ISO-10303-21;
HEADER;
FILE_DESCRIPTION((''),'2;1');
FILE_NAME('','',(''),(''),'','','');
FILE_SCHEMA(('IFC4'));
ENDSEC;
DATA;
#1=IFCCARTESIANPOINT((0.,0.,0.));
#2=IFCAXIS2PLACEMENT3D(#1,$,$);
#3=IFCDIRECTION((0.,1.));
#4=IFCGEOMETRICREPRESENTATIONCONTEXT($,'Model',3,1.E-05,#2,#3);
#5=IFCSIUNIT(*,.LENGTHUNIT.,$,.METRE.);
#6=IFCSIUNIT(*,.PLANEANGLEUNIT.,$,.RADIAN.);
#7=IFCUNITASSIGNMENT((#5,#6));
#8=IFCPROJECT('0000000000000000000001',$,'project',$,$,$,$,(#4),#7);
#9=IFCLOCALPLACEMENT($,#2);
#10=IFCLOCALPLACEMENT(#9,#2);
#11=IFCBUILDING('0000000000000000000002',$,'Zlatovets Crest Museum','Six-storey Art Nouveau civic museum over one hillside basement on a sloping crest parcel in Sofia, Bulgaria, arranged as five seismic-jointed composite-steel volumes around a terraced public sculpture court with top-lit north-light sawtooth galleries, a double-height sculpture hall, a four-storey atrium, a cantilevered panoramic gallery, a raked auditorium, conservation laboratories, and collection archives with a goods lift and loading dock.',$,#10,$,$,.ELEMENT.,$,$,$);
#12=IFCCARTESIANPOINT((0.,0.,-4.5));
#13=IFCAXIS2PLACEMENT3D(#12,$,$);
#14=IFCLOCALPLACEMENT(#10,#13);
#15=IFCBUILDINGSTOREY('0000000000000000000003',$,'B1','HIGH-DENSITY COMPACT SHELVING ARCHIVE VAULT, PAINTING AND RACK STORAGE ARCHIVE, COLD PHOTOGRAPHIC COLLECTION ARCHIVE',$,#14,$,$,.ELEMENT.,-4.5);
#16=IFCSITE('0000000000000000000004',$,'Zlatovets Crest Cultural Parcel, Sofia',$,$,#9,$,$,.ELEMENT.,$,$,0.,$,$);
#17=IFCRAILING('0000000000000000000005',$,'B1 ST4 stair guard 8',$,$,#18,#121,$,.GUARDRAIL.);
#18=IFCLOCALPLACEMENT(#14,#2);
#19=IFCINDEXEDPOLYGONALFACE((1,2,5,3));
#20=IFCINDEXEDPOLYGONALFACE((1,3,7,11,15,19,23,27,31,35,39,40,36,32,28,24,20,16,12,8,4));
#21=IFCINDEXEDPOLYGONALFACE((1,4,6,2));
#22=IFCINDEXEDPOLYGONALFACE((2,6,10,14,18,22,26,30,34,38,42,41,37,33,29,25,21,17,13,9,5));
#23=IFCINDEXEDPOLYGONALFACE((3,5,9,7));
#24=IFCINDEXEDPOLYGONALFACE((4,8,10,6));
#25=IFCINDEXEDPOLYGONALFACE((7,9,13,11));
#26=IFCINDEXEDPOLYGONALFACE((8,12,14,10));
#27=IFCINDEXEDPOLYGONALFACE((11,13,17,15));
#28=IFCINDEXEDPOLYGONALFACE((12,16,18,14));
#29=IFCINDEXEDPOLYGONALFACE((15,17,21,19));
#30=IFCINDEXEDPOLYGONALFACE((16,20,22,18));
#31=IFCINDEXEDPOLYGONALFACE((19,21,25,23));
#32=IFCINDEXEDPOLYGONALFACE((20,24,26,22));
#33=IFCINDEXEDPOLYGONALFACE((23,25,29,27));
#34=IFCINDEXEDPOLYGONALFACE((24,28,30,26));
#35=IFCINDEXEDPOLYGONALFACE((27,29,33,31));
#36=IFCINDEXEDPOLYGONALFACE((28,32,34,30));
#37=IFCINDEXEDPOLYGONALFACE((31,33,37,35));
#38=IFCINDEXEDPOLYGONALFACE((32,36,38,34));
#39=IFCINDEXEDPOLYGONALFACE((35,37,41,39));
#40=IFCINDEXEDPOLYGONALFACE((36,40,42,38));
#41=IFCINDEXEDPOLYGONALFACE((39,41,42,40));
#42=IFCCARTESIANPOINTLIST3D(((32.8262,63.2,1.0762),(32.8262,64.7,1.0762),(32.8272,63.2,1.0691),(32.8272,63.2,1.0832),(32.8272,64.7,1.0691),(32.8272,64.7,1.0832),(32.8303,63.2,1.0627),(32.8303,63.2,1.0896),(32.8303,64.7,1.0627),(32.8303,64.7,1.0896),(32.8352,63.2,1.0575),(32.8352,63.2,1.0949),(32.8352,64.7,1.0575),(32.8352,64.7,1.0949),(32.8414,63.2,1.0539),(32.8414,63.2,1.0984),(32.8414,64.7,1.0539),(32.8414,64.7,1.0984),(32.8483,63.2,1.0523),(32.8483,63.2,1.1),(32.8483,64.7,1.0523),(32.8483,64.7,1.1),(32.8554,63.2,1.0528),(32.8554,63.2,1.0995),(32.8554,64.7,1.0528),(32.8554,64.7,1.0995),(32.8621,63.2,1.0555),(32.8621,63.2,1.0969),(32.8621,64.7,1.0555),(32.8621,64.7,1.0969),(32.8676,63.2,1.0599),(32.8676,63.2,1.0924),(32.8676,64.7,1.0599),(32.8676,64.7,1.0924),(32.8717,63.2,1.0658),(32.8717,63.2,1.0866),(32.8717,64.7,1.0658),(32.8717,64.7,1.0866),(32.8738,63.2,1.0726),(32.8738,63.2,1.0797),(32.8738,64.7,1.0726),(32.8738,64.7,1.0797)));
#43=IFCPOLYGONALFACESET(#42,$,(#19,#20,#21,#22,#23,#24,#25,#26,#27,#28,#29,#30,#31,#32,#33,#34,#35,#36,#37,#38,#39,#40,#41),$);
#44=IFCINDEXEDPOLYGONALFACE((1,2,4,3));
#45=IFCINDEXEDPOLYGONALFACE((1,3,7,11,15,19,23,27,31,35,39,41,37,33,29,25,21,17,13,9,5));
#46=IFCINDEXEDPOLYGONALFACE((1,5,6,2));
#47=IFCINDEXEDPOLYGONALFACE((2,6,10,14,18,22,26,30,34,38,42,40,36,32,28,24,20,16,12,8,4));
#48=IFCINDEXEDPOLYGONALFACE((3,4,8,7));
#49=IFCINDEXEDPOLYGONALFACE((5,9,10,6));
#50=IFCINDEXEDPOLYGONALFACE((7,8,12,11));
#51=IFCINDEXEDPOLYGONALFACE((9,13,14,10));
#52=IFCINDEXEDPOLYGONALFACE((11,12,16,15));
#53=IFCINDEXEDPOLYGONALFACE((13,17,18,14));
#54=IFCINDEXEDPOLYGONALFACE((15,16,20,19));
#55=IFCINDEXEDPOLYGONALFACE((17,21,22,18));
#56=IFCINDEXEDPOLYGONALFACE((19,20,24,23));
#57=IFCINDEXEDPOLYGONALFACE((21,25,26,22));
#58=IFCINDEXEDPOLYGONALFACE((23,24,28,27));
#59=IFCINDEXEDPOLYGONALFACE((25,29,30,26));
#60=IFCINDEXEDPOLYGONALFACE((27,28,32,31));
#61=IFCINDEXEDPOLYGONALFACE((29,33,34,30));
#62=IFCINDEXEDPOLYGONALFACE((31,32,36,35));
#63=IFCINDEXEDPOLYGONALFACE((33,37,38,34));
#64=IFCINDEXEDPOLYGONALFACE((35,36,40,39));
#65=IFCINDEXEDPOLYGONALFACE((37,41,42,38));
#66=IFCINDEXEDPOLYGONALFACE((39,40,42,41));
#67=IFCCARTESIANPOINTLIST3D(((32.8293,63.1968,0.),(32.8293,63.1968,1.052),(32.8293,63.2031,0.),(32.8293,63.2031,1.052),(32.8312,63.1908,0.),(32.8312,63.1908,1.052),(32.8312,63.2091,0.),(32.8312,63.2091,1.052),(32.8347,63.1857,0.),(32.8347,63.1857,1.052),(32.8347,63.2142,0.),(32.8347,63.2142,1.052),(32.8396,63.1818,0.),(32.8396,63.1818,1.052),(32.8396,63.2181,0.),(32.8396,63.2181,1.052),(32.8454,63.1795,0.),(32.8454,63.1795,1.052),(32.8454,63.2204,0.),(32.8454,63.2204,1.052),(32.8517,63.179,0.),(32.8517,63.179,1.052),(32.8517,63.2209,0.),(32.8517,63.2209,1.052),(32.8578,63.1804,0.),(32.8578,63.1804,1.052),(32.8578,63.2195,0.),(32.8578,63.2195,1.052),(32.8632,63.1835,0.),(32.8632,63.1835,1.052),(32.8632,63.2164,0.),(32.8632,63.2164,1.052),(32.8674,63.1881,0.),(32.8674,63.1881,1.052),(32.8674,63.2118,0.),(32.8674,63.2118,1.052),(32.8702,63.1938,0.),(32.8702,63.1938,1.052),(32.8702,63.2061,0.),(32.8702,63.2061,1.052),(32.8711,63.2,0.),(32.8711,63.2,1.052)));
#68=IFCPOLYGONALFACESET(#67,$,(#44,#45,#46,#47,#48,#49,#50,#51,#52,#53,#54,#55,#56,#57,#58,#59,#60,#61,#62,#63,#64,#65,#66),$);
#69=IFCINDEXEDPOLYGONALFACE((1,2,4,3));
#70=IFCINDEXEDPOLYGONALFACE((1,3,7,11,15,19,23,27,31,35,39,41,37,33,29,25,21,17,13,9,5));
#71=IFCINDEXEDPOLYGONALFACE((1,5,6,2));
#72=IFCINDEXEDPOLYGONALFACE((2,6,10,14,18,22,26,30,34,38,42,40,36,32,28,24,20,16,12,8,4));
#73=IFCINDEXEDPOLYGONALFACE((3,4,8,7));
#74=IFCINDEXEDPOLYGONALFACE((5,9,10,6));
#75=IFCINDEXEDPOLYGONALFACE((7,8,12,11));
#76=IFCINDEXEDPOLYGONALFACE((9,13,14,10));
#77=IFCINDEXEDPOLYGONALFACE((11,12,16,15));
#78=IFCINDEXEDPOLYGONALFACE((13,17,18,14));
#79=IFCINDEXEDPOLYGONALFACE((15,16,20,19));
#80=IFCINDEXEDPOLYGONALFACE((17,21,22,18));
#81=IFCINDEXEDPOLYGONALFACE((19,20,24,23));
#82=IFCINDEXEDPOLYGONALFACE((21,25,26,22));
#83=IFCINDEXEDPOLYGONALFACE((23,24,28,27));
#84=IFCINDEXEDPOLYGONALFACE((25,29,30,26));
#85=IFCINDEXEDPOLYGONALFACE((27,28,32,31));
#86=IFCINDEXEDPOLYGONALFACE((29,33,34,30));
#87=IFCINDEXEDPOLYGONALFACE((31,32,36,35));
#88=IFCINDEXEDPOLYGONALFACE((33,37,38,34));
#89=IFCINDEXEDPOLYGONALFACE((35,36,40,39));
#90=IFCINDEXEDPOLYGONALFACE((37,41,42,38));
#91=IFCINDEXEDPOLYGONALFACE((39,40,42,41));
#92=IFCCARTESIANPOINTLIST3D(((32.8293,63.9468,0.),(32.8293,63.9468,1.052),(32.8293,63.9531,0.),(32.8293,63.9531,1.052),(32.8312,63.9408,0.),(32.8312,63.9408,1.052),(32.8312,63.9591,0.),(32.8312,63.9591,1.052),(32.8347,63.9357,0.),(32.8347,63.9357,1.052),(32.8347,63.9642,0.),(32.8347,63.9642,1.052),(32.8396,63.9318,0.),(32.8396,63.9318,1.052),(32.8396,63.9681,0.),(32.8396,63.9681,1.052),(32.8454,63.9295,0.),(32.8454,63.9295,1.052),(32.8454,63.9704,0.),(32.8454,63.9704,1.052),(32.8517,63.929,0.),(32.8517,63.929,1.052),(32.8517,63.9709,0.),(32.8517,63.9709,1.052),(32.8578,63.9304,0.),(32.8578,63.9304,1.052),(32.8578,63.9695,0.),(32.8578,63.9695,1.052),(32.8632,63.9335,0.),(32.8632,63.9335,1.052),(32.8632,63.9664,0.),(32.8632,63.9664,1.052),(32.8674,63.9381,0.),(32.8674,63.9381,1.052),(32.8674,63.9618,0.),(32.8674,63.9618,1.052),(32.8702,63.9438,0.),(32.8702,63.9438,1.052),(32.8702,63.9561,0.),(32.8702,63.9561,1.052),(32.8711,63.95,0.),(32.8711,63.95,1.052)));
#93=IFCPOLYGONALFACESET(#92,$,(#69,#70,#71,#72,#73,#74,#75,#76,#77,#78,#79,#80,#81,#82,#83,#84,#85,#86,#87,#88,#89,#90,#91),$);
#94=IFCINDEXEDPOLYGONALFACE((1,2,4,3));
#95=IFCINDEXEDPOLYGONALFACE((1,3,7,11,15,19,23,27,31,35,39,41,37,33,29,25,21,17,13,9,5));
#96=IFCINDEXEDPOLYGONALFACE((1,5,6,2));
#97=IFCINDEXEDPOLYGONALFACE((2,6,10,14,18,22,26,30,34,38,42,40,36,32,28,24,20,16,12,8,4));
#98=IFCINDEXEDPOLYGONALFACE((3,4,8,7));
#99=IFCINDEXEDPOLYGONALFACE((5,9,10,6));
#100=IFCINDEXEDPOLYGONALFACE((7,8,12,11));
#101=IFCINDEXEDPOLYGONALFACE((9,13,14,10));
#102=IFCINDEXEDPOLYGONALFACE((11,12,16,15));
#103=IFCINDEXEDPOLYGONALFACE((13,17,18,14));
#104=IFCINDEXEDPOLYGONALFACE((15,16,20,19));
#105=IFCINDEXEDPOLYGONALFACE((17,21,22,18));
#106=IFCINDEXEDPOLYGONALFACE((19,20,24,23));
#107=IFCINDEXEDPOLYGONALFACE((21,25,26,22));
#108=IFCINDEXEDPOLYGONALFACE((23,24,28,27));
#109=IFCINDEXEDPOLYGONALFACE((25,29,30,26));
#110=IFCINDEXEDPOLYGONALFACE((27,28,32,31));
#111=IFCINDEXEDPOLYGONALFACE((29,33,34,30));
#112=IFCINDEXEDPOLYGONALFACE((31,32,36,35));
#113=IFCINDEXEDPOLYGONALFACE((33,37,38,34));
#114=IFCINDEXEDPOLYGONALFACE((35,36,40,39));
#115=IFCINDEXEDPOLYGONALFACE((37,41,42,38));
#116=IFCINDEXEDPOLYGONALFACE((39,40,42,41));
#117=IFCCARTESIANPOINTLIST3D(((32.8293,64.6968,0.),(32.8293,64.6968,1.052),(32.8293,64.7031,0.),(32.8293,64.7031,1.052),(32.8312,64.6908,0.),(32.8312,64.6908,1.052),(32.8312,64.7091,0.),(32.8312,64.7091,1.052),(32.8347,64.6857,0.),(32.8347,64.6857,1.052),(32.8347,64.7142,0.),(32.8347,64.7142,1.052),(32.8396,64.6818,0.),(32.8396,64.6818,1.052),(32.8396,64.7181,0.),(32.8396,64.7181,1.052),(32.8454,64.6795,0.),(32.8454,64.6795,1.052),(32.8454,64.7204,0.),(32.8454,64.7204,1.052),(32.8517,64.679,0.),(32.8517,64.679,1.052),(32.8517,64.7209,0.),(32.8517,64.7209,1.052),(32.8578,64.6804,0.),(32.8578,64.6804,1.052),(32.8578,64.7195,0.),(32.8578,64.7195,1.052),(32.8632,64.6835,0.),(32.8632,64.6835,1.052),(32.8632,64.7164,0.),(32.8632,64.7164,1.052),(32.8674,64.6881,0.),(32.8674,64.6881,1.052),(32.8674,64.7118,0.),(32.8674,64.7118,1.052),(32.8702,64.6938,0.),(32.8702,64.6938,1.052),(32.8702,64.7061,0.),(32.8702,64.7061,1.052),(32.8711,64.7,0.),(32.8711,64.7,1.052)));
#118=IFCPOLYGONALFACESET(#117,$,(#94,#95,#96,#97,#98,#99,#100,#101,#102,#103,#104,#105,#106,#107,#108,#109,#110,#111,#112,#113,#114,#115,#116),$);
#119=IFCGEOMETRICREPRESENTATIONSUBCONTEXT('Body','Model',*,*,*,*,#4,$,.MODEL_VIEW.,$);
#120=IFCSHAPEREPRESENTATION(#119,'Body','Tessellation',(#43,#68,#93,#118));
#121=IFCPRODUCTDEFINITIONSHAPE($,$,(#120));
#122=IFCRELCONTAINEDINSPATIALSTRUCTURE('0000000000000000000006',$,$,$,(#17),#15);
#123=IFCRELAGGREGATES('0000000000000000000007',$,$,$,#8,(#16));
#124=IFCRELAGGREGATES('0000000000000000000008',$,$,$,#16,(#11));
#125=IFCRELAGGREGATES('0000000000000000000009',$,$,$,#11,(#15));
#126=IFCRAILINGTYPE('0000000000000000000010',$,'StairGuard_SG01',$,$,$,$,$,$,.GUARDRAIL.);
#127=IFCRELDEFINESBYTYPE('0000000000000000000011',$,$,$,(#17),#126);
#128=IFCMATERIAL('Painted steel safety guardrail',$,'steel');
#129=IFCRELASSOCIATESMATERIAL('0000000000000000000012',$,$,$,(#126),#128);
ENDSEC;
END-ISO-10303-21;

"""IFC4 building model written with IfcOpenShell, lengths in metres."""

from ifc_helpers import new_model, si_unit, direction, frame, origin, origin_2d, place, context, subcontext, project, spatial, circle, extrude, material, type_object, element, save


model = new_model("IFC4")

# Units and contexts
model_context = context("Model", 3, precision=1e-05, world=origin(), true_north=direction((0.0, 1.0)))
body_context = subcontext(model_context, "Body", "Model", "MODEL_VIEW")
ifc_project = project(units=[si_unit("LENGTHUNIT", "METRE"), si_unit("PLANEANGLEUNIT", "RADIAN")], contexts=[model_context])

# Site, building, storey
site_placement = place(None, origin())
site = spatial("IfcSite", under=ifc_project, at=site_placement, Name="Zlatovets Crest Cultural Parcel, Sofia", CompositionType="ELEMENT", RefElevation=0.0)
building_placement = place(site_placement, origin())
building = spatial("IfcBuilding", under=site, at=building_placement, Name="Zlatovets Crest Museum", Description="Six-storey Art Nouveau civic museum over one hillside basement on a sloping crest parcel in Sofia, Bulgaria, arranged as five seismic-jointed composite-steel volumes around a terraced public sculpture court with top-lit north-light sawtooth galleries, a double-height sculpture hall, a four-storey atrium, a cantilevered panoramic gallery, a raked auditorium, conservation laboratories, and collection archives with a goods lift and loading dock.", CompositionType="ELEMENT")
storey_placement = place(building_placement, frame((0.0, 0.0, -4.5)))
storey = spatial("IfcBuildingStorey", under=building, at=storey_placement, Name="B1", Description="HIGH-DENSITY COMPACT SHELVING ARCHIVE VAULT, PAINTING AND RACK STORAGE ARCHIVE, COLD PHOTOGRAPHIC COLLECTION ARCHIVE", CompositionType="ELEMENT", Elevation=-4.5)

# Railing
ifc_material_1 = material(Name="Painted steel safety guardrail", Category="steel")
railing_type = type_object("IfcRailingType", Name="StairGuard_SG01", PredefinedType="GUARDRAIL", material=ifc_material_1)
for number, where, name in (
    (1, (32.8501, 63.2, 0.0), "B1 ST4 stair guard 8"),
):
    element("IfcRailing", number, at=place(storey_placement, frame(where)), inside=storey, type_object=railing_type, Name=name, PredefinedType="GUARDRAIL", context=body_context, shape_type="SweptSolid", body=[
        extrude(circle(Radius=0.0239, at=origin_2d()), frame((0.0, 0.0, 1.0762), z_axis=(0.0, 1.0, 0.0), x_axis=(-1.0, 0.0, 0.0)), (0.0, 0.0, 1.0), 1.5),
        extrude(circle(Radius=0.021, at=origin_2d()), origin(), (0.0, 0.0, 1.0), 1.052),
        extrude(circle(Radius=0.021, at=origin_2d()), frame((0.0, 0.75, 0.0)), (0.0, 0.0, 1.0), 1.052),
        extrude(circle(Radius=0.021, at=origin_2d()), frame((0.0, 1.5, 0.0)), (0.0, 0.0, 1.0), 1.052),
    ])

save(model, "model.ifc")
